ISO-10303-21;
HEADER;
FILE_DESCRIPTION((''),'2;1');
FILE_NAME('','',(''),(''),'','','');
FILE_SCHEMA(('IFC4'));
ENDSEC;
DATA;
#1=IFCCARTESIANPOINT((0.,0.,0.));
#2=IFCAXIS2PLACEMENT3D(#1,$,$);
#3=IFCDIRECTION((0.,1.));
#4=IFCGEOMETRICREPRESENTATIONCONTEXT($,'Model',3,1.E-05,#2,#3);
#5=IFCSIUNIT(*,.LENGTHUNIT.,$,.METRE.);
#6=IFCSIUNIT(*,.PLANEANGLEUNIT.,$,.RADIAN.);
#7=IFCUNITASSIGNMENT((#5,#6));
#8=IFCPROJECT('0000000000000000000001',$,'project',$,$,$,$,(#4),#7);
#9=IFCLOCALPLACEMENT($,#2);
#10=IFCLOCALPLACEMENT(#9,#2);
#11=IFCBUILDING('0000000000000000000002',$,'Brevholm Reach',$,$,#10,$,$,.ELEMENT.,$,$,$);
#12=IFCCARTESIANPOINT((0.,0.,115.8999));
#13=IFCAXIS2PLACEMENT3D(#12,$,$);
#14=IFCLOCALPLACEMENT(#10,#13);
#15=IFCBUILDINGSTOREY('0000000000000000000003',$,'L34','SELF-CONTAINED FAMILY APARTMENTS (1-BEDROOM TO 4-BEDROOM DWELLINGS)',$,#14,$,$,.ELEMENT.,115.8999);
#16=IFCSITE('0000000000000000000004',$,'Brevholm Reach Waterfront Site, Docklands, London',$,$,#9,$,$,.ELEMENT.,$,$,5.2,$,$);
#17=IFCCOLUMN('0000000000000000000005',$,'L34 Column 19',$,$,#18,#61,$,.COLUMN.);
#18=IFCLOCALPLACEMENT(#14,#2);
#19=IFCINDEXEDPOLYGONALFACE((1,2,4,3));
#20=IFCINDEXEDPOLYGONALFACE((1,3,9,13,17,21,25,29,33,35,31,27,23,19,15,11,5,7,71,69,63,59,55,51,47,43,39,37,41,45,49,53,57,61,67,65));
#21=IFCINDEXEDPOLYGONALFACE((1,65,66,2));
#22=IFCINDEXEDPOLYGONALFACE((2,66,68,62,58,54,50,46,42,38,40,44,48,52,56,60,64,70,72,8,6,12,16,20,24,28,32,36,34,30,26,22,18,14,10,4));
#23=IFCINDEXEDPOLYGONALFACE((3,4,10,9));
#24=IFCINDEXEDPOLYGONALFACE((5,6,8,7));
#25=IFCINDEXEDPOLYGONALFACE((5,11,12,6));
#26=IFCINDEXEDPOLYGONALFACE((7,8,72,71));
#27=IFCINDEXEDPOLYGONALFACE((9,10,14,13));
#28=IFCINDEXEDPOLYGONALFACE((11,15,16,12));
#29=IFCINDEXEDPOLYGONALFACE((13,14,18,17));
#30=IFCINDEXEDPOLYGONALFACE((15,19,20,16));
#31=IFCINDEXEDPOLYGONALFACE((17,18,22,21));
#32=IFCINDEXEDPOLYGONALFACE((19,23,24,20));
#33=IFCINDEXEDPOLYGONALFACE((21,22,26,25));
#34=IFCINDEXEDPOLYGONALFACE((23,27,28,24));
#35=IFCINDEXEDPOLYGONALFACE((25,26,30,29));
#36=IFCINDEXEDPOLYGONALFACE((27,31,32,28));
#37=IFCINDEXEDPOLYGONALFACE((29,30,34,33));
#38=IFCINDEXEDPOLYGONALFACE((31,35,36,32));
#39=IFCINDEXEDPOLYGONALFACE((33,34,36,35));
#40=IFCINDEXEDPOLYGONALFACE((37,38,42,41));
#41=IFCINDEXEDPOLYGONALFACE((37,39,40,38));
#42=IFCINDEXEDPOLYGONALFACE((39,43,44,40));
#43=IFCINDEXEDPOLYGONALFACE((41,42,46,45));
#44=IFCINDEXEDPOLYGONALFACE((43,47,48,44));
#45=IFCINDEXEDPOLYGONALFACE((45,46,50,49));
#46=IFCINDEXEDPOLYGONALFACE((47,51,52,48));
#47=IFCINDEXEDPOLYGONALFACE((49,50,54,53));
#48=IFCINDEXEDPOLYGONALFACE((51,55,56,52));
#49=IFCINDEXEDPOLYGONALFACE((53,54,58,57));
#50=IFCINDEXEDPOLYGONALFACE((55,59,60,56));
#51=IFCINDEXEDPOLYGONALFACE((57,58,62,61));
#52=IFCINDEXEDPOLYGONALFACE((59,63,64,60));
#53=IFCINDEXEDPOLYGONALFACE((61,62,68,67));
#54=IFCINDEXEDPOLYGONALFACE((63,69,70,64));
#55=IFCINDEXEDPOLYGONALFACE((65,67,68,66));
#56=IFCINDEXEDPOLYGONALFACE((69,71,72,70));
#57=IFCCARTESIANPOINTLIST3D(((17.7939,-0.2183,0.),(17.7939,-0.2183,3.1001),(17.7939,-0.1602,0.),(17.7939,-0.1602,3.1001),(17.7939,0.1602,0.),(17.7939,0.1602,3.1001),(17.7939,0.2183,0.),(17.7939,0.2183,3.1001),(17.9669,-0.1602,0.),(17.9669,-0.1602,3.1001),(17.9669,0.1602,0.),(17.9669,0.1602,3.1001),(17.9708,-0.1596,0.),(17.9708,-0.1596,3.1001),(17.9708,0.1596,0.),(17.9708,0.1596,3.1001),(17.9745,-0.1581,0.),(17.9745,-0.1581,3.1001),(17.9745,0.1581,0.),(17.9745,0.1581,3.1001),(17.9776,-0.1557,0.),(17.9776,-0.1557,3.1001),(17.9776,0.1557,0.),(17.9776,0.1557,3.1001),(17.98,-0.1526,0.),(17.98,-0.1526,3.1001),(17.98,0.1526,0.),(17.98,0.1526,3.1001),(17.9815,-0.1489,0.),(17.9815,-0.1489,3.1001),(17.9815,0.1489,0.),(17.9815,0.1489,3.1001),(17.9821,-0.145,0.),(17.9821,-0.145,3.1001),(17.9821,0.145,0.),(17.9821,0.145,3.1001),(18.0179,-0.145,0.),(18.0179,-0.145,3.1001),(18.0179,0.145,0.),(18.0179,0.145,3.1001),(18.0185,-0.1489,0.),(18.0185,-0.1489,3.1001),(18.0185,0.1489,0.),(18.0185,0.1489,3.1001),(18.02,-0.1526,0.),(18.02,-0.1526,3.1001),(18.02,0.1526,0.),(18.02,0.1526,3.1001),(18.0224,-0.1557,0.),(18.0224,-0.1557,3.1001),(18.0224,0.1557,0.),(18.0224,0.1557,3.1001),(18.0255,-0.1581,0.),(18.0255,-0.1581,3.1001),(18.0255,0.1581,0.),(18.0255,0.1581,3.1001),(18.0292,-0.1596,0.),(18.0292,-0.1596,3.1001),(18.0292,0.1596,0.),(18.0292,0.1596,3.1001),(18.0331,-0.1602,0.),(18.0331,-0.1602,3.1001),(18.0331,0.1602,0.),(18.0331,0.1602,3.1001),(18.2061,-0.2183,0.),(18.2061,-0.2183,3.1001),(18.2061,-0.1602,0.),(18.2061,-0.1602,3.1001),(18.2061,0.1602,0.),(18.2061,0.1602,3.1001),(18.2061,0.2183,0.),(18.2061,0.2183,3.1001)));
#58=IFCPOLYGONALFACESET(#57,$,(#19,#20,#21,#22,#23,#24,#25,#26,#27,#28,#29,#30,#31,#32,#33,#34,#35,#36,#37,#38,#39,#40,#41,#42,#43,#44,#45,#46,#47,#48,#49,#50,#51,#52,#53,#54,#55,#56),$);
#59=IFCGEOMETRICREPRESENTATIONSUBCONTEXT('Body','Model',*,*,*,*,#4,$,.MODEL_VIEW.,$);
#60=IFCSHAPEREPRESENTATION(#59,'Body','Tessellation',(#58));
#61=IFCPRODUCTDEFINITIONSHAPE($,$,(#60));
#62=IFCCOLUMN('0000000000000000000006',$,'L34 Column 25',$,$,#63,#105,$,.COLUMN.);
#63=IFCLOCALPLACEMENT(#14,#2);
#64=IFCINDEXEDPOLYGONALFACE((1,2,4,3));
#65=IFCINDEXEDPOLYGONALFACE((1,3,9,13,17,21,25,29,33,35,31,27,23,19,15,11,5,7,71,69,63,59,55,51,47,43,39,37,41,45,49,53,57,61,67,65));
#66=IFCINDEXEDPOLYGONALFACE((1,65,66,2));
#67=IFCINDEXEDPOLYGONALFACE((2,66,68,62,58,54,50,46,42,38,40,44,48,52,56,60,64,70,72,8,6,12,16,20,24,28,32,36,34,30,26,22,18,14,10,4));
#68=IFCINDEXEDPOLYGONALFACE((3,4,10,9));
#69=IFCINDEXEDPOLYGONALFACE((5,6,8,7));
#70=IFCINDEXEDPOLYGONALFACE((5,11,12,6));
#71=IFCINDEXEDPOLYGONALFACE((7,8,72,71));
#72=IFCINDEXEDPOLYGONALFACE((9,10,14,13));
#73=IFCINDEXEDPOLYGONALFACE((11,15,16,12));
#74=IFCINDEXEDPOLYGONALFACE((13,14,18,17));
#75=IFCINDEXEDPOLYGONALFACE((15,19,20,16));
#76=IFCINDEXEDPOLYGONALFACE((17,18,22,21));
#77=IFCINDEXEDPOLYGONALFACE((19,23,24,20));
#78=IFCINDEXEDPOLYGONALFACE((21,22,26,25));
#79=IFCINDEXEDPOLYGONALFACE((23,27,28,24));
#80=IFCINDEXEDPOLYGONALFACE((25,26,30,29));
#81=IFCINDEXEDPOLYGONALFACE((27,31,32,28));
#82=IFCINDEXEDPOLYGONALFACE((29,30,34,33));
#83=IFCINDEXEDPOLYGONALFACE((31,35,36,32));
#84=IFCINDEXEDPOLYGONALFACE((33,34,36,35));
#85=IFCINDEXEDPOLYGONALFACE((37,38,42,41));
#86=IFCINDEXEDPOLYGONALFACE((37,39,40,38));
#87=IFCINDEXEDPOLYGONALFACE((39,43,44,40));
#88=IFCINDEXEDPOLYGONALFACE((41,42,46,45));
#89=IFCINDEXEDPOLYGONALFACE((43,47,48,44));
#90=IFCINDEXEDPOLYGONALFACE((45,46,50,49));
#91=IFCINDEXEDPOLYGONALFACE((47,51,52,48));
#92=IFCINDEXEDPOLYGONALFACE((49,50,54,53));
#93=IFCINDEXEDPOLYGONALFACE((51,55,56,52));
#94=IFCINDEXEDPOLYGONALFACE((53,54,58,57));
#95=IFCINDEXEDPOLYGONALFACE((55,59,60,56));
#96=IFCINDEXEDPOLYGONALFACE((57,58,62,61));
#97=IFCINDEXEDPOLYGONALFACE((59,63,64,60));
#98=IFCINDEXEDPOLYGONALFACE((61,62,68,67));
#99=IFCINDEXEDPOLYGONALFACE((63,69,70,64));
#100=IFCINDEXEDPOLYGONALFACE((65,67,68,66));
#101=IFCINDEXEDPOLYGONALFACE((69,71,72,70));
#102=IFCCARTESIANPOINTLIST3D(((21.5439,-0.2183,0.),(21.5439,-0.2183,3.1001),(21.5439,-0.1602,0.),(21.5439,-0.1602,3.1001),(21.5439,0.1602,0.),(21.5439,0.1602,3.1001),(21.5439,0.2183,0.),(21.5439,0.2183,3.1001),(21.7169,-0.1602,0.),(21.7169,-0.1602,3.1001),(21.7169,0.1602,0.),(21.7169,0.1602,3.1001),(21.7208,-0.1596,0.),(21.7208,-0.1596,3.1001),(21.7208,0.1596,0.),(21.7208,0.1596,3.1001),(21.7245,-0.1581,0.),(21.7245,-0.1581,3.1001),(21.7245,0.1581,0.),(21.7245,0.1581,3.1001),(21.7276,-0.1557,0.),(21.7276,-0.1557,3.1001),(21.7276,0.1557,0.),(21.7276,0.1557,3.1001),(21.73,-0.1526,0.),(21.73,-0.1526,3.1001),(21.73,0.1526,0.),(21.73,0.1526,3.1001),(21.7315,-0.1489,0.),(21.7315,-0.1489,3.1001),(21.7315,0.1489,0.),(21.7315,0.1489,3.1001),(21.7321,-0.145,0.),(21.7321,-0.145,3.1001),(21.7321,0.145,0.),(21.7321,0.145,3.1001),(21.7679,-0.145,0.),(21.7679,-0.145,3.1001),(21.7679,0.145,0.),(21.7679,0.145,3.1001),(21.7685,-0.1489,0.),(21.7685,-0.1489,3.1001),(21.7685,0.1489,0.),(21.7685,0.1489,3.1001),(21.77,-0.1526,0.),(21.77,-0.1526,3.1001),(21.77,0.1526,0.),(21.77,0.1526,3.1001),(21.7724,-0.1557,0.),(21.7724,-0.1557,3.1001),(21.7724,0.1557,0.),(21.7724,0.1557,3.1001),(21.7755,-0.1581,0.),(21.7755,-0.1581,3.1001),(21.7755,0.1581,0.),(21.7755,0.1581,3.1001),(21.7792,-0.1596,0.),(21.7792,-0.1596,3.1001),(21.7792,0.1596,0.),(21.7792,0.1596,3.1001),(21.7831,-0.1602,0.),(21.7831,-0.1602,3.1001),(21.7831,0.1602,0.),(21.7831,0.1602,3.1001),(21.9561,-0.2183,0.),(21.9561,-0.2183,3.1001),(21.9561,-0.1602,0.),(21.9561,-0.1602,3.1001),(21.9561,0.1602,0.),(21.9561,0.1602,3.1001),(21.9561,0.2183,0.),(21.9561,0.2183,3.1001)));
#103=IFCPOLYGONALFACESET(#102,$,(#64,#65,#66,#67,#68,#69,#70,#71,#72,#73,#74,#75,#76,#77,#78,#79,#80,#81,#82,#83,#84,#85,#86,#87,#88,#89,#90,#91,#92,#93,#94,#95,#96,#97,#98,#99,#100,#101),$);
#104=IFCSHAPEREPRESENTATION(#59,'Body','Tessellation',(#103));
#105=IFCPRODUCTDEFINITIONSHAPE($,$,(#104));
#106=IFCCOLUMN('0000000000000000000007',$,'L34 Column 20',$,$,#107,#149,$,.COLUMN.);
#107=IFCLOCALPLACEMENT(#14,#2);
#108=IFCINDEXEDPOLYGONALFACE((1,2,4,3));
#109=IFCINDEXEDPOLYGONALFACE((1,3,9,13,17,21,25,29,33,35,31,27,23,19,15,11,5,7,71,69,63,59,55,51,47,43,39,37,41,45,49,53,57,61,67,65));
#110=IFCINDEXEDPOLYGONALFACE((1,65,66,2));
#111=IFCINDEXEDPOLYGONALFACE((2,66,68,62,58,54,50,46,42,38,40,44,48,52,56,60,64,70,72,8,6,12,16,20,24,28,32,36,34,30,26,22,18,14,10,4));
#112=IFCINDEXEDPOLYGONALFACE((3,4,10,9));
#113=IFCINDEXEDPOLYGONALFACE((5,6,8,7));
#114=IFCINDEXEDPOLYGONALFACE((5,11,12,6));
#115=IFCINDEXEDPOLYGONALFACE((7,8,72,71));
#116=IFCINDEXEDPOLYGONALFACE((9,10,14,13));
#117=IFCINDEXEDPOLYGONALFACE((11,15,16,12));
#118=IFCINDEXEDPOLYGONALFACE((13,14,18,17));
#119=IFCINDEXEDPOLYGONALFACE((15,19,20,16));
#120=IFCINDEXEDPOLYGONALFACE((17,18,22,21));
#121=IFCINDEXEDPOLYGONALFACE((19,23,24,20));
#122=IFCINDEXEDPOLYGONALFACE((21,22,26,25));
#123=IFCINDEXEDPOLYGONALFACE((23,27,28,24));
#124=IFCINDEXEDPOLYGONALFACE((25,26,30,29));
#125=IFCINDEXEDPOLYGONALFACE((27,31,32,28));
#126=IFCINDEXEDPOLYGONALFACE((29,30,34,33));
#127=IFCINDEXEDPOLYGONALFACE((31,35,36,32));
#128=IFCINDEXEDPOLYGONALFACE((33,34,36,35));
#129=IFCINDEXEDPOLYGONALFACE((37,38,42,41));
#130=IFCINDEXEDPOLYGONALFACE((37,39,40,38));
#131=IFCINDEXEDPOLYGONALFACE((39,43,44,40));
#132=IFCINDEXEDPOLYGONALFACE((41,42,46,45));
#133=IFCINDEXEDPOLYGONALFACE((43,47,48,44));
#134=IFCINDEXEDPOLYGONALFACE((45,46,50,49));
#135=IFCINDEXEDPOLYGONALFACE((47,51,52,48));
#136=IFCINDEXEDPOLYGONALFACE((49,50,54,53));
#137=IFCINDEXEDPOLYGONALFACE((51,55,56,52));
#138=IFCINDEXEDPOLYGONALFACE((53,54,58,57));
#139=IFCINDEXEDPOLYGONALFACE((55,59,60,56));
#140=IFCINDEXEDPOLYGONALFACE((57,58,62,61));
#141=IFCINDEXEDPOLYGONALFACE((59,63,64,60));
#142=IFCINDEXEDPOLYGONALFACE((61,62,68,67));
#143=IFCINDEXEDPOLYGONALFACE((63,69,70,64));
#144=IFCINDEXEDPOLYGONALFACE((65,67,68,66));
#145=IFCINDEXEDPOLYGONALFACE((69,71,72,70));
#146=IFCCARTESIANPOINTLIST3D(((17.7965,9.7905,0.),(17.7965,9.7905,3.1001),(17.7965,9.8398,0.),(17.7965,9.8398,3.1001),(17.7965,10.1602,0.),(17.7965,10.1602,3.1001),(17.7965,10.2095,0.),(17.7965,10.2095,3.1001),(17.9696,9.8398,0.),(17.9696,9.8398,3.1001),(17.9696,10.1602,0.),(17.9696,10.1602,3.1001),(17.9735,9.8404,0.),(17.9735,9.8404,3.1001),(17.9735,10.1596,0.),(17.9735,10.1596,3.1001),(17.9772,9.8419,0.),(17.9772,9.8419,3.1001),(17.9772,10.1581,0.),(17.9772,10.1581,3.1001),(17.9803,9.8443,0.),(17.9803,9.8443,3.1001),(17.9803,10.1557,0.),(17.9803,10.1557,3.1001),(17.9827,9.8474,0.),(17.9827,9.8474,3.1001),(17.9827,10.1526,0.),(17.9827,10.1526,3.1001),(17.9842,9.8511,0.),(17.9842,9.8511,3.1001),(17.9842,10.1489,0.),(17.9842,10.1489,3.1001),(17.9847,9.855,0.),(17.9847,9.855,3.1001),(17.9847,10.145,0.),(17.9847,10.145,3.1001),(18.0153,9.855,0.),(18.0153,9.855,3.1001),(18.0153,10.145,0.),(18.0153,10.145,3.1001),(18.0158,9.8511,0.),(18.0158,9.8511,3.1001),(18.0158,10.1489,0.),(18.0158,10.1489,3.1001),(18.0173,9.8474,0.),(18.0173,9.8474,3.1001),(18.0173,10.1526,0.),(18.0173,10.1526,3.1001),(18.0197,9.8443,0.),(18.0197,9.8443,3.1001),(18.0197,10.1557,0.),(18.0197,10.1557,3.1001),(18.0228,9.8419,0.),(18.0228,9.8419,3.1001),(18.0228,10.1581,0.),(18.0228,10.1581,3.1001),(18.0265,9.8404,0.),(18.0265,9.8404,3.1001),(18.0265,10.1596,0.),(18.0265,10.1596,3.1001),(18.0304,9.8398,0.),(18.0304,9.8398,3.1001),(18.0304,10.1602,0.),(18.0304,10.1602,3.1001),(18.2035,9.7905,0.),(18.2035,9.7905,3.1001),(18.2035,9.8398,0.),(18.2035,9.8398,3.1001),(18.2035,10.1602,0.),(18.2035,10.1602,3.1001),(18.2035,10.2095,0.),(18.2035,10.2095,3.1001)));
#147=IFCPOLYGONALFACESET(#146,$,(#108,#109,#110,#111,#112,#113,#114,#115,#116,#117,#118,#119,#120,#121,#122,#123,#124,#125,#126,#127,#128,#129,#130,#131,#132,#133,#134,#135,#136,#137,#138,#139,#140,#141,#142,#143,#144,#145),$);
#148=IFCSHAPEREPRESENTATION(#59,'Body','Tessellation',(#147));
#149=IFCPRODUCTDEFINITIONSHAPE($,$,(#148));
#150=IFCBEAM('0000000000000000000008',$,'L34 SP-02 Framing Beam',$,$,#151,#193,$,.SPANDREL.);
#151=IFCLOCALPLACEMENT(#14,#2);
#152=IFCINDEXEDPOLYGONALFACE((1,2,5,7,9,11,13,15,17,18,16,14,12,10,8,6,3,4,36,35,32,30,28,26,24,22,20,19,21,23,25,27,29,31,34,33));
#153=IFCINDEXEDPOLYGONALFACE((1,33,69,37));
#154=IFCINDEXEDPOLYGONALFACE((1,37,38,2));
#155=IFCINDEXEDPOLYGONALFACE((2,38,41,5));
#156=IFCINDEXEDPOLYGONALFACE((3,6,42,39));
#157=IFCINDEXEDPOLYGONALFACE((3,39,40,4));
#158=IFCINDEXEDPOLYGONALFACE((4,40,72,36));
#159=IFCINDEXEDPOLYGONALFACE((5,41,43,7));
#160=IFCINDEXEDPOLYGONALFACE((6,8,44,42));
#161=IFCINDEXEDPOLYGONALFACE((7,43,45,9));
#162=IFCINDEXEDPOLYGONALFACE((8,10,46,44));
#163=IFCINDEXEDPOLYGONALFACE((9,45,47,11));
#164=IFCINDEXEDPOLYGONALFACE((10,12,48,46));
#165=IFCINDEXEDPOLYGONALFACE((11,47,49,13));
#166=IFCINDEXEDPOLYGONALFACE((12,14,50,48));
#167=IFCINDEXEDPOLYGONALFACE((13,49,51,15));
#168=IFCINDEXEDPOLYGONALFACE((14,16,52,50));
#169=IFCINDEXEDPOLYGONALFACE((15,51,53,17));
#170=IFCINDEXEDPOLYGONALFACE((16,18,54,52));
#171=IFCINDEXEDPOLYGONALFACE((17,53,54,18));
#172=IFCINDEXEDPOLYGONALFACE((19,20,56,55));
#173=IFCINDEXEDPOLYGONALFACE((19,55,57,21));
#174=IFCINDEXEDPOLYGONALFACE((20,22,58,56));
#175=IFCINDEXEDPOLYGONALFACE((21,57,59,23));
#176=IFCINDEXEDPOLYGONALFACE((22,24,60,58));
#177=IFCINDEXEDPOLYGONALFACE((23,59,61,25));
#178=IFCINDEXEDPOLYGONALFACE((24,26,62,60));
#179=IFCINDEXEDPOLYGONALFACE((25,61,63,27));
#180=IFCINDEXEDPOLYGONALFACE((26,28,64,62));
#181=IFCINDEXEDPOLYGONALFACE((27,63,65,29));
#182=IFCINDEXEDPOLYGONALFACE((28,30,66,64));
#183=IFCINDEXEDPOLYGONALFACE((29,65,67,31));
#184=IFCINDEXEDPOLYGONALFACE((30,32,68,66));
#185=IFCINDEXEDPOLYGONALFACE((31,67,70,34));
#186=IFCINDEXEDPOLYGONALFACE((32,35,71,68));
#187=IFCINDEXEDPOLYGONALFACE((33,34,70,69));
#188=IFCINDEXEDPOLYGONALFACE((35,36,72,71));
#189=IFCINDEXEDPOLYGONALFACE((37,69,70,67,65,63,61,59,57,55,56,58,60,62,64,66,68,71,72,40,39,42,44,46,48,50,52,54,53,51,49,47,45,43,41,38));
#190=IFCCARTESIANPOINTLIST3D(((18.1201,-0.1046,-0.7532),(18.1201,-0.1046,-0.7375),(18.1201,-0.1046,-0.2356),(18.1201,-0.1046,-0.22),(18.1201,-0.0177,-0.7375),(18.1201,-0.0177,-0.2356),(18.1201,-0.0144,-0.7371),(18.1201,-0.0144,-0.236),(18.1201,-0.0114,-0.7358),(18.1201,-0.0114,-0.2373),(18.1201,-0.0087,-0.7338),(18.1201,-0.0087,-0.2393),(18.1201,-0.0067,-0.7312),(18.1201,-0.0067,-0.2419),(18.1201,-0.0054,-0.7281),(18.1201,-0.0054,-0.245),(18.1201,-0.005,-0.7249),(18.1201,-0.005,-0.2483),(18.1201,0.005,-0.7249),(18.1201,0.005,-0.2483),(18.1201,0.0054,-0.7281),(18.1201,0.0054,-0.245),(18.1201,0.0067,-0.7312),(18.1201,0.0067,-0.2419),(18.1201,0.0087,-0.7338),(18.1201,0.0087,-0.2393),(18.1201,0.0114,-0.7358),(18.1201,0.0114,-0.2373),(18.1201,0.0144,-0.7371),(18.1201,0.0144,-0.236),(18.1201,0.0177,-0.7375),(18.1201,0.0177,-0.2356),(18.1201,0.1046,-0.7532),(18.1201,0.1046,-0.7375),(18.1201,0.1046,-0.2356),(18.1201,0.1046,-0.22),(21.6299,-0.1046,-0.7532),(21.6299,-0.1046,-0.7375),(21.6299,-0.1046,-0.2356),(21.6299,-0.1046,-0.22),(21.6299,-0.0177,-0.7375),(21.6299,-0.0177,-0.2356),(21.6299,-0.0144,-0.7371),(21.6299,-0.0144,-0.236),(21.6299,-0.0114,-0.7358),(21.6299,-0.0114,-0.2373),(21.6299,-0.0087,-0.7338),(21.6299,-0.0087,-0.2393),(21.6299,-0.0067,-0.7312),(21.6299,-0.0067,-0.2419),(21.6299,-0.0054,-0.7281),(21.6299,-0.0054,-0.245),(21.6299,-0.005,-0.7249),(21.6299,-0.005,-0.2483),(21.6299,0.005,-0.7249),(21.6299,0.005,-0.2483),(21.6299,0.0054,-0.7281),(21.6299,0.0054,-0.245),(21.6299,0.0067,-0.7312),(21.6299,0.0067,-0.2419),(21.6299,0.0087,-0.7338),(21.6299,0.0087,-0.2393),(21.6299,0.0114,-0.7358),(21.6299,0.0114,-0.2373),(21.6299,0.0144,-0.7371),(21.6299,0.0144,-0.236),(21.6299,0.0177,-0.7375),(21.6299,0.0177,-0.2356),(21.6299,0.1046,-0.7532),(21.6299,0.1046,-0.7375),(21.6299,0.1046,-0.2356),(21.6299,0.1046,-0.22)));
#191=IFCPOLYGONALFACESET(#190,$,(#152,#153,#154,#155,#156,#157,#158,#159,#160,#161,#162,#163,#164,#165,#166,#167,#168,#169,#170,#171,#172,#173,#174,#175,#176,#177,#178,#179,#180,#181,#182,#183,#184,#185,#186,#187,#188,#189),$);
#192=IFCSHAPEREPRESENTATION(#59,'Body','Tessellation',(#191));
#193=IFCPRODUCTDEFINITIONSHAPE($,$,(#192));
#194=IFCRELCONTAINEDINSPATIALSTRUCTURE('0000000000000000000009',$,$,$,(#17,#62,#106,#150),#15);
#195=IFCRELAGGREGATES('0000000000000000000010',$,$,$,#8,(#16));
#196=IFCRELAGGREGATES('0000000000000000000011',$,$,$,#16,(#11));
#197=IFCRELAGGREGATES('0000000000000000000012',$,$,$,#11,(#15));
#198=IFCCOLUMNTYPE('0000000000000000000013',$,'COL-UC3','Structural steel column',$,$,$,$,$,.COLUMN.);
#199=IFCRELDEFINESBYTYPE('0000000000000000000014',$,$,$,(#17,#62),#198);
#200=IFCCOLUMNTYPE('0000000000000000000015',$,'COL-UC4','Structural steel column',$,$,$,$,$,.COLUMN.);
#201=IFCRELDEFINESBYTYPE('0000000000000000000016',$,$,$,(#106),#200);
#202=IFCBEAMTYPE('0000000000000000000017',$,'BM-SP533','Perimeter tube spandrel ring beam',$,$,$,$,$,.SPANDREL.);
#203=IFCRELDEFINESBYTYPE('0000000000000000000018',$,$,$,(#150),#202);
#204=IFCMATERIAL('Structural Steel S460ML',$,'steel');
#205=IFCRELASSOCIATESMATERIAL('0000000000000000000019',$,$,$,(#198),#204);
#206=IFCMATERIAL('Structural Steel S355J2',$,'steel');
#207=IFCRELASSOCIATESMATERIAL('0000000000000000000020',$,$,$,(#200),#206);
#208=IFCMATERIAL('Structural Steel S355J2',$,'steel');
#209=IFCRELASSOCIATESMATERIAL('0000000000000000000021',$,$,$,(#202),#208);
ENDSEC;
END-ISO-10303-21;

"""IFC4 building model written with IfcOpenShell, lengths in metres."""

from ifc_helpers import new_model, si_unit, direction, frame, origin, origin_2d, place, context, subcontext, project, spatial, i_section, extrude, material, material_profile, profile_set, type_object, element, save


model = new_model("IFC4")

# Units and contexts
model_context = context("Model", 3, precision=1e-05, world=origin(), true_north=direction((0.0, 1.0)))
body_context = subcontext(model_context, "Body", "Model", "MODEL_VIEW")
ifc_project = project(units=[si_unit("LENGTHUNIT", "METRE"), si_unit("PLANEANGLEUNIT", "RADIAN")], contexts=[model_context])

# Site, building, storey
site_placement = place(None, origin())
site = spatial("IfcSite", under=ifc_project, at=site_placement, Name="Brevholm Reach Waterfront Site, Docklands, London", CompositionType="ELEMENT", RefElevation=5.2)
building_placement = place(site_placement, origin())
building = spatial("IfcBuilding", under=site, at=building_placement, Name="Brevholm Reach", CompositionType="ELEMENT")
storey_placement = place(building_placement, frame((0.0, 0.0, 115.8999)))
storey = spatial("IfcBuildingStorey", under=building, at=storey_placement, Name="L34", Description="SELF-CONTAINED FAMILY APARTMENTS (1-BEDROOM TO 4-BEDROOM DWELLINGS)", CompositionType="ELEMENT", Elevation=115.8999)

# Columns
ifc_material_1 = material(Name="Structural Steel S460ML", Category="steel")
ifc_material_profile_1 = material_profile(ifc_material_1, i_section(OverallWidth=0.4121, OverallDepth=0.4365, WebThickness=0.0359, FlangeThickness=0.0581, FilletRadius=0.0151, at=origin_2d()), Name="UKC 356x406x467")
ifc_profile_set_1 = profile_set([ifc_material_profile_1], Name="Structural Steel S460ML")
column_type_1 = type_object("IfcColumnType", Name="COL-UC3", Description="Structural steel column", PredefinedType="COLUMN", material=ifc_profile_set_1)
for number, where, z_axis, x_axis, name in (
    (1, (18.0, 0.0, 0.0), (0.0, 0.0, 1.0), (1.0, 0.0, 0.0), "L34 Column 19"),
    (2, (21.75, 0.0, 0.0), (0.0, 0.0, 1.0), (1.0, 0.0, 0.0), "L34 Column 25"),
):
    element("IfcColumn", number, at=place(storey_placement, frame(where, z_axis=z_axis, x_axis=x_axis)), inside=storey, type_object=column_type_1, Name=name, PredefinedType="COLUMN", context=body_context, shape_type="SweptSolid", body=[
        extrude(i_section(OverallWidth=0.4121, OverallDepth=0.4365, WebThickness=0.0359, FlangeThickness=0.0581, FilletRadius=0.0151, at=origin_2d()), origin(), (0.0, 0.0, 1.0), 3.1001),
    ])
ifc_material_2 = material(Name="Structural Steel S355J2", Category="steel")
ifc_material_profile_2 = material_profile(ifc_material_2, i_section(OverallWidth=0.407, OverallDepth=0.4189, WebThickness=0.0305, FlangeThickness=0.0493, FilletRadius=0.0151, at=origin_2d()), Name="UKC 356x406x393")
ifc_profile_set_2 = profile_set([ifc_material_profile_2], Name="Structural Steel S355J2")
column_type_2 = type_object("IfcColumnType", Name="COL-UC4", Description="Structural steel column", PredefinedType="COLUMN", material=ifc_profile_set_2)
column_placement = place(storey_placement, frame((18.0, 10.0, 0.0), z_axis=(0.0, 0.0, 1.0), x_axis=(1.0, 0.0, 0.0)))
element("IfcColumn", 3, at=column_placement, inside=storey, type_object=column_type_2, Name="L34 Column 20", PredefinedType="COLUMN", context=body_context, shape_type="SweptSolid", body=[
    extrude(i_section(OverallWidth=0.407, OverallDepth=0.4189, WebThickness=0.0305, FlangeThickness=0.0493, FilletRadius=0.0151, at=origin_2d()), origin(), (0.0, 0.0, 1.0), 3.1001),
])

# Beam
ifc_material_3 = material(Name="Structural Steel S355J2", Category="steel")
ifc_material_profile_3 = material_profile(ifc_material_3, i_section(OverallWidth=0.2092, OverallDepth=0.5332, WebThickness=0.01, FlangeThickness=0.0156, FilletRadius=0.0127, at=origin_2d()), Name="UKB 533x210x92")
ifc_profile_set_3 = profile_set([ifc_material_profile_3], Name="Structural Steel S355J2")
beam_type_1 = type_object("IfcBeamType", Name="BM-SP533", Description="Perimeter tube spandrel ring beam", PredefinedType="SPANDREL", material=ifc_profile_set_3)
beam_1_placement = place(storey_placement, frame((18.1201, 0.0, -0.4866), z_axis=(1.0, 0.0, 0.0), x_axis=(0.0, 1.0, 0.0)))
element("IfcBeam", 4, at=beam_1_placement, inside=storey, type_object=beam_type_1, Name="L34 SP-02 Framing Beam", PredefinedType="SPANDREL", context=body_context, shape_type="SweptSolid", body=[
    extrude(i_section(OverallWidth=0.2092, OverallDepth=0.5332, WebThickness=0.01, FlangeThickness=0.0156, FilletRadius=0.0127, at=origin_2d()), origin(), (0.0, 0.0, 1.0), 3.5098),
])

save(model, "model.ifc")
